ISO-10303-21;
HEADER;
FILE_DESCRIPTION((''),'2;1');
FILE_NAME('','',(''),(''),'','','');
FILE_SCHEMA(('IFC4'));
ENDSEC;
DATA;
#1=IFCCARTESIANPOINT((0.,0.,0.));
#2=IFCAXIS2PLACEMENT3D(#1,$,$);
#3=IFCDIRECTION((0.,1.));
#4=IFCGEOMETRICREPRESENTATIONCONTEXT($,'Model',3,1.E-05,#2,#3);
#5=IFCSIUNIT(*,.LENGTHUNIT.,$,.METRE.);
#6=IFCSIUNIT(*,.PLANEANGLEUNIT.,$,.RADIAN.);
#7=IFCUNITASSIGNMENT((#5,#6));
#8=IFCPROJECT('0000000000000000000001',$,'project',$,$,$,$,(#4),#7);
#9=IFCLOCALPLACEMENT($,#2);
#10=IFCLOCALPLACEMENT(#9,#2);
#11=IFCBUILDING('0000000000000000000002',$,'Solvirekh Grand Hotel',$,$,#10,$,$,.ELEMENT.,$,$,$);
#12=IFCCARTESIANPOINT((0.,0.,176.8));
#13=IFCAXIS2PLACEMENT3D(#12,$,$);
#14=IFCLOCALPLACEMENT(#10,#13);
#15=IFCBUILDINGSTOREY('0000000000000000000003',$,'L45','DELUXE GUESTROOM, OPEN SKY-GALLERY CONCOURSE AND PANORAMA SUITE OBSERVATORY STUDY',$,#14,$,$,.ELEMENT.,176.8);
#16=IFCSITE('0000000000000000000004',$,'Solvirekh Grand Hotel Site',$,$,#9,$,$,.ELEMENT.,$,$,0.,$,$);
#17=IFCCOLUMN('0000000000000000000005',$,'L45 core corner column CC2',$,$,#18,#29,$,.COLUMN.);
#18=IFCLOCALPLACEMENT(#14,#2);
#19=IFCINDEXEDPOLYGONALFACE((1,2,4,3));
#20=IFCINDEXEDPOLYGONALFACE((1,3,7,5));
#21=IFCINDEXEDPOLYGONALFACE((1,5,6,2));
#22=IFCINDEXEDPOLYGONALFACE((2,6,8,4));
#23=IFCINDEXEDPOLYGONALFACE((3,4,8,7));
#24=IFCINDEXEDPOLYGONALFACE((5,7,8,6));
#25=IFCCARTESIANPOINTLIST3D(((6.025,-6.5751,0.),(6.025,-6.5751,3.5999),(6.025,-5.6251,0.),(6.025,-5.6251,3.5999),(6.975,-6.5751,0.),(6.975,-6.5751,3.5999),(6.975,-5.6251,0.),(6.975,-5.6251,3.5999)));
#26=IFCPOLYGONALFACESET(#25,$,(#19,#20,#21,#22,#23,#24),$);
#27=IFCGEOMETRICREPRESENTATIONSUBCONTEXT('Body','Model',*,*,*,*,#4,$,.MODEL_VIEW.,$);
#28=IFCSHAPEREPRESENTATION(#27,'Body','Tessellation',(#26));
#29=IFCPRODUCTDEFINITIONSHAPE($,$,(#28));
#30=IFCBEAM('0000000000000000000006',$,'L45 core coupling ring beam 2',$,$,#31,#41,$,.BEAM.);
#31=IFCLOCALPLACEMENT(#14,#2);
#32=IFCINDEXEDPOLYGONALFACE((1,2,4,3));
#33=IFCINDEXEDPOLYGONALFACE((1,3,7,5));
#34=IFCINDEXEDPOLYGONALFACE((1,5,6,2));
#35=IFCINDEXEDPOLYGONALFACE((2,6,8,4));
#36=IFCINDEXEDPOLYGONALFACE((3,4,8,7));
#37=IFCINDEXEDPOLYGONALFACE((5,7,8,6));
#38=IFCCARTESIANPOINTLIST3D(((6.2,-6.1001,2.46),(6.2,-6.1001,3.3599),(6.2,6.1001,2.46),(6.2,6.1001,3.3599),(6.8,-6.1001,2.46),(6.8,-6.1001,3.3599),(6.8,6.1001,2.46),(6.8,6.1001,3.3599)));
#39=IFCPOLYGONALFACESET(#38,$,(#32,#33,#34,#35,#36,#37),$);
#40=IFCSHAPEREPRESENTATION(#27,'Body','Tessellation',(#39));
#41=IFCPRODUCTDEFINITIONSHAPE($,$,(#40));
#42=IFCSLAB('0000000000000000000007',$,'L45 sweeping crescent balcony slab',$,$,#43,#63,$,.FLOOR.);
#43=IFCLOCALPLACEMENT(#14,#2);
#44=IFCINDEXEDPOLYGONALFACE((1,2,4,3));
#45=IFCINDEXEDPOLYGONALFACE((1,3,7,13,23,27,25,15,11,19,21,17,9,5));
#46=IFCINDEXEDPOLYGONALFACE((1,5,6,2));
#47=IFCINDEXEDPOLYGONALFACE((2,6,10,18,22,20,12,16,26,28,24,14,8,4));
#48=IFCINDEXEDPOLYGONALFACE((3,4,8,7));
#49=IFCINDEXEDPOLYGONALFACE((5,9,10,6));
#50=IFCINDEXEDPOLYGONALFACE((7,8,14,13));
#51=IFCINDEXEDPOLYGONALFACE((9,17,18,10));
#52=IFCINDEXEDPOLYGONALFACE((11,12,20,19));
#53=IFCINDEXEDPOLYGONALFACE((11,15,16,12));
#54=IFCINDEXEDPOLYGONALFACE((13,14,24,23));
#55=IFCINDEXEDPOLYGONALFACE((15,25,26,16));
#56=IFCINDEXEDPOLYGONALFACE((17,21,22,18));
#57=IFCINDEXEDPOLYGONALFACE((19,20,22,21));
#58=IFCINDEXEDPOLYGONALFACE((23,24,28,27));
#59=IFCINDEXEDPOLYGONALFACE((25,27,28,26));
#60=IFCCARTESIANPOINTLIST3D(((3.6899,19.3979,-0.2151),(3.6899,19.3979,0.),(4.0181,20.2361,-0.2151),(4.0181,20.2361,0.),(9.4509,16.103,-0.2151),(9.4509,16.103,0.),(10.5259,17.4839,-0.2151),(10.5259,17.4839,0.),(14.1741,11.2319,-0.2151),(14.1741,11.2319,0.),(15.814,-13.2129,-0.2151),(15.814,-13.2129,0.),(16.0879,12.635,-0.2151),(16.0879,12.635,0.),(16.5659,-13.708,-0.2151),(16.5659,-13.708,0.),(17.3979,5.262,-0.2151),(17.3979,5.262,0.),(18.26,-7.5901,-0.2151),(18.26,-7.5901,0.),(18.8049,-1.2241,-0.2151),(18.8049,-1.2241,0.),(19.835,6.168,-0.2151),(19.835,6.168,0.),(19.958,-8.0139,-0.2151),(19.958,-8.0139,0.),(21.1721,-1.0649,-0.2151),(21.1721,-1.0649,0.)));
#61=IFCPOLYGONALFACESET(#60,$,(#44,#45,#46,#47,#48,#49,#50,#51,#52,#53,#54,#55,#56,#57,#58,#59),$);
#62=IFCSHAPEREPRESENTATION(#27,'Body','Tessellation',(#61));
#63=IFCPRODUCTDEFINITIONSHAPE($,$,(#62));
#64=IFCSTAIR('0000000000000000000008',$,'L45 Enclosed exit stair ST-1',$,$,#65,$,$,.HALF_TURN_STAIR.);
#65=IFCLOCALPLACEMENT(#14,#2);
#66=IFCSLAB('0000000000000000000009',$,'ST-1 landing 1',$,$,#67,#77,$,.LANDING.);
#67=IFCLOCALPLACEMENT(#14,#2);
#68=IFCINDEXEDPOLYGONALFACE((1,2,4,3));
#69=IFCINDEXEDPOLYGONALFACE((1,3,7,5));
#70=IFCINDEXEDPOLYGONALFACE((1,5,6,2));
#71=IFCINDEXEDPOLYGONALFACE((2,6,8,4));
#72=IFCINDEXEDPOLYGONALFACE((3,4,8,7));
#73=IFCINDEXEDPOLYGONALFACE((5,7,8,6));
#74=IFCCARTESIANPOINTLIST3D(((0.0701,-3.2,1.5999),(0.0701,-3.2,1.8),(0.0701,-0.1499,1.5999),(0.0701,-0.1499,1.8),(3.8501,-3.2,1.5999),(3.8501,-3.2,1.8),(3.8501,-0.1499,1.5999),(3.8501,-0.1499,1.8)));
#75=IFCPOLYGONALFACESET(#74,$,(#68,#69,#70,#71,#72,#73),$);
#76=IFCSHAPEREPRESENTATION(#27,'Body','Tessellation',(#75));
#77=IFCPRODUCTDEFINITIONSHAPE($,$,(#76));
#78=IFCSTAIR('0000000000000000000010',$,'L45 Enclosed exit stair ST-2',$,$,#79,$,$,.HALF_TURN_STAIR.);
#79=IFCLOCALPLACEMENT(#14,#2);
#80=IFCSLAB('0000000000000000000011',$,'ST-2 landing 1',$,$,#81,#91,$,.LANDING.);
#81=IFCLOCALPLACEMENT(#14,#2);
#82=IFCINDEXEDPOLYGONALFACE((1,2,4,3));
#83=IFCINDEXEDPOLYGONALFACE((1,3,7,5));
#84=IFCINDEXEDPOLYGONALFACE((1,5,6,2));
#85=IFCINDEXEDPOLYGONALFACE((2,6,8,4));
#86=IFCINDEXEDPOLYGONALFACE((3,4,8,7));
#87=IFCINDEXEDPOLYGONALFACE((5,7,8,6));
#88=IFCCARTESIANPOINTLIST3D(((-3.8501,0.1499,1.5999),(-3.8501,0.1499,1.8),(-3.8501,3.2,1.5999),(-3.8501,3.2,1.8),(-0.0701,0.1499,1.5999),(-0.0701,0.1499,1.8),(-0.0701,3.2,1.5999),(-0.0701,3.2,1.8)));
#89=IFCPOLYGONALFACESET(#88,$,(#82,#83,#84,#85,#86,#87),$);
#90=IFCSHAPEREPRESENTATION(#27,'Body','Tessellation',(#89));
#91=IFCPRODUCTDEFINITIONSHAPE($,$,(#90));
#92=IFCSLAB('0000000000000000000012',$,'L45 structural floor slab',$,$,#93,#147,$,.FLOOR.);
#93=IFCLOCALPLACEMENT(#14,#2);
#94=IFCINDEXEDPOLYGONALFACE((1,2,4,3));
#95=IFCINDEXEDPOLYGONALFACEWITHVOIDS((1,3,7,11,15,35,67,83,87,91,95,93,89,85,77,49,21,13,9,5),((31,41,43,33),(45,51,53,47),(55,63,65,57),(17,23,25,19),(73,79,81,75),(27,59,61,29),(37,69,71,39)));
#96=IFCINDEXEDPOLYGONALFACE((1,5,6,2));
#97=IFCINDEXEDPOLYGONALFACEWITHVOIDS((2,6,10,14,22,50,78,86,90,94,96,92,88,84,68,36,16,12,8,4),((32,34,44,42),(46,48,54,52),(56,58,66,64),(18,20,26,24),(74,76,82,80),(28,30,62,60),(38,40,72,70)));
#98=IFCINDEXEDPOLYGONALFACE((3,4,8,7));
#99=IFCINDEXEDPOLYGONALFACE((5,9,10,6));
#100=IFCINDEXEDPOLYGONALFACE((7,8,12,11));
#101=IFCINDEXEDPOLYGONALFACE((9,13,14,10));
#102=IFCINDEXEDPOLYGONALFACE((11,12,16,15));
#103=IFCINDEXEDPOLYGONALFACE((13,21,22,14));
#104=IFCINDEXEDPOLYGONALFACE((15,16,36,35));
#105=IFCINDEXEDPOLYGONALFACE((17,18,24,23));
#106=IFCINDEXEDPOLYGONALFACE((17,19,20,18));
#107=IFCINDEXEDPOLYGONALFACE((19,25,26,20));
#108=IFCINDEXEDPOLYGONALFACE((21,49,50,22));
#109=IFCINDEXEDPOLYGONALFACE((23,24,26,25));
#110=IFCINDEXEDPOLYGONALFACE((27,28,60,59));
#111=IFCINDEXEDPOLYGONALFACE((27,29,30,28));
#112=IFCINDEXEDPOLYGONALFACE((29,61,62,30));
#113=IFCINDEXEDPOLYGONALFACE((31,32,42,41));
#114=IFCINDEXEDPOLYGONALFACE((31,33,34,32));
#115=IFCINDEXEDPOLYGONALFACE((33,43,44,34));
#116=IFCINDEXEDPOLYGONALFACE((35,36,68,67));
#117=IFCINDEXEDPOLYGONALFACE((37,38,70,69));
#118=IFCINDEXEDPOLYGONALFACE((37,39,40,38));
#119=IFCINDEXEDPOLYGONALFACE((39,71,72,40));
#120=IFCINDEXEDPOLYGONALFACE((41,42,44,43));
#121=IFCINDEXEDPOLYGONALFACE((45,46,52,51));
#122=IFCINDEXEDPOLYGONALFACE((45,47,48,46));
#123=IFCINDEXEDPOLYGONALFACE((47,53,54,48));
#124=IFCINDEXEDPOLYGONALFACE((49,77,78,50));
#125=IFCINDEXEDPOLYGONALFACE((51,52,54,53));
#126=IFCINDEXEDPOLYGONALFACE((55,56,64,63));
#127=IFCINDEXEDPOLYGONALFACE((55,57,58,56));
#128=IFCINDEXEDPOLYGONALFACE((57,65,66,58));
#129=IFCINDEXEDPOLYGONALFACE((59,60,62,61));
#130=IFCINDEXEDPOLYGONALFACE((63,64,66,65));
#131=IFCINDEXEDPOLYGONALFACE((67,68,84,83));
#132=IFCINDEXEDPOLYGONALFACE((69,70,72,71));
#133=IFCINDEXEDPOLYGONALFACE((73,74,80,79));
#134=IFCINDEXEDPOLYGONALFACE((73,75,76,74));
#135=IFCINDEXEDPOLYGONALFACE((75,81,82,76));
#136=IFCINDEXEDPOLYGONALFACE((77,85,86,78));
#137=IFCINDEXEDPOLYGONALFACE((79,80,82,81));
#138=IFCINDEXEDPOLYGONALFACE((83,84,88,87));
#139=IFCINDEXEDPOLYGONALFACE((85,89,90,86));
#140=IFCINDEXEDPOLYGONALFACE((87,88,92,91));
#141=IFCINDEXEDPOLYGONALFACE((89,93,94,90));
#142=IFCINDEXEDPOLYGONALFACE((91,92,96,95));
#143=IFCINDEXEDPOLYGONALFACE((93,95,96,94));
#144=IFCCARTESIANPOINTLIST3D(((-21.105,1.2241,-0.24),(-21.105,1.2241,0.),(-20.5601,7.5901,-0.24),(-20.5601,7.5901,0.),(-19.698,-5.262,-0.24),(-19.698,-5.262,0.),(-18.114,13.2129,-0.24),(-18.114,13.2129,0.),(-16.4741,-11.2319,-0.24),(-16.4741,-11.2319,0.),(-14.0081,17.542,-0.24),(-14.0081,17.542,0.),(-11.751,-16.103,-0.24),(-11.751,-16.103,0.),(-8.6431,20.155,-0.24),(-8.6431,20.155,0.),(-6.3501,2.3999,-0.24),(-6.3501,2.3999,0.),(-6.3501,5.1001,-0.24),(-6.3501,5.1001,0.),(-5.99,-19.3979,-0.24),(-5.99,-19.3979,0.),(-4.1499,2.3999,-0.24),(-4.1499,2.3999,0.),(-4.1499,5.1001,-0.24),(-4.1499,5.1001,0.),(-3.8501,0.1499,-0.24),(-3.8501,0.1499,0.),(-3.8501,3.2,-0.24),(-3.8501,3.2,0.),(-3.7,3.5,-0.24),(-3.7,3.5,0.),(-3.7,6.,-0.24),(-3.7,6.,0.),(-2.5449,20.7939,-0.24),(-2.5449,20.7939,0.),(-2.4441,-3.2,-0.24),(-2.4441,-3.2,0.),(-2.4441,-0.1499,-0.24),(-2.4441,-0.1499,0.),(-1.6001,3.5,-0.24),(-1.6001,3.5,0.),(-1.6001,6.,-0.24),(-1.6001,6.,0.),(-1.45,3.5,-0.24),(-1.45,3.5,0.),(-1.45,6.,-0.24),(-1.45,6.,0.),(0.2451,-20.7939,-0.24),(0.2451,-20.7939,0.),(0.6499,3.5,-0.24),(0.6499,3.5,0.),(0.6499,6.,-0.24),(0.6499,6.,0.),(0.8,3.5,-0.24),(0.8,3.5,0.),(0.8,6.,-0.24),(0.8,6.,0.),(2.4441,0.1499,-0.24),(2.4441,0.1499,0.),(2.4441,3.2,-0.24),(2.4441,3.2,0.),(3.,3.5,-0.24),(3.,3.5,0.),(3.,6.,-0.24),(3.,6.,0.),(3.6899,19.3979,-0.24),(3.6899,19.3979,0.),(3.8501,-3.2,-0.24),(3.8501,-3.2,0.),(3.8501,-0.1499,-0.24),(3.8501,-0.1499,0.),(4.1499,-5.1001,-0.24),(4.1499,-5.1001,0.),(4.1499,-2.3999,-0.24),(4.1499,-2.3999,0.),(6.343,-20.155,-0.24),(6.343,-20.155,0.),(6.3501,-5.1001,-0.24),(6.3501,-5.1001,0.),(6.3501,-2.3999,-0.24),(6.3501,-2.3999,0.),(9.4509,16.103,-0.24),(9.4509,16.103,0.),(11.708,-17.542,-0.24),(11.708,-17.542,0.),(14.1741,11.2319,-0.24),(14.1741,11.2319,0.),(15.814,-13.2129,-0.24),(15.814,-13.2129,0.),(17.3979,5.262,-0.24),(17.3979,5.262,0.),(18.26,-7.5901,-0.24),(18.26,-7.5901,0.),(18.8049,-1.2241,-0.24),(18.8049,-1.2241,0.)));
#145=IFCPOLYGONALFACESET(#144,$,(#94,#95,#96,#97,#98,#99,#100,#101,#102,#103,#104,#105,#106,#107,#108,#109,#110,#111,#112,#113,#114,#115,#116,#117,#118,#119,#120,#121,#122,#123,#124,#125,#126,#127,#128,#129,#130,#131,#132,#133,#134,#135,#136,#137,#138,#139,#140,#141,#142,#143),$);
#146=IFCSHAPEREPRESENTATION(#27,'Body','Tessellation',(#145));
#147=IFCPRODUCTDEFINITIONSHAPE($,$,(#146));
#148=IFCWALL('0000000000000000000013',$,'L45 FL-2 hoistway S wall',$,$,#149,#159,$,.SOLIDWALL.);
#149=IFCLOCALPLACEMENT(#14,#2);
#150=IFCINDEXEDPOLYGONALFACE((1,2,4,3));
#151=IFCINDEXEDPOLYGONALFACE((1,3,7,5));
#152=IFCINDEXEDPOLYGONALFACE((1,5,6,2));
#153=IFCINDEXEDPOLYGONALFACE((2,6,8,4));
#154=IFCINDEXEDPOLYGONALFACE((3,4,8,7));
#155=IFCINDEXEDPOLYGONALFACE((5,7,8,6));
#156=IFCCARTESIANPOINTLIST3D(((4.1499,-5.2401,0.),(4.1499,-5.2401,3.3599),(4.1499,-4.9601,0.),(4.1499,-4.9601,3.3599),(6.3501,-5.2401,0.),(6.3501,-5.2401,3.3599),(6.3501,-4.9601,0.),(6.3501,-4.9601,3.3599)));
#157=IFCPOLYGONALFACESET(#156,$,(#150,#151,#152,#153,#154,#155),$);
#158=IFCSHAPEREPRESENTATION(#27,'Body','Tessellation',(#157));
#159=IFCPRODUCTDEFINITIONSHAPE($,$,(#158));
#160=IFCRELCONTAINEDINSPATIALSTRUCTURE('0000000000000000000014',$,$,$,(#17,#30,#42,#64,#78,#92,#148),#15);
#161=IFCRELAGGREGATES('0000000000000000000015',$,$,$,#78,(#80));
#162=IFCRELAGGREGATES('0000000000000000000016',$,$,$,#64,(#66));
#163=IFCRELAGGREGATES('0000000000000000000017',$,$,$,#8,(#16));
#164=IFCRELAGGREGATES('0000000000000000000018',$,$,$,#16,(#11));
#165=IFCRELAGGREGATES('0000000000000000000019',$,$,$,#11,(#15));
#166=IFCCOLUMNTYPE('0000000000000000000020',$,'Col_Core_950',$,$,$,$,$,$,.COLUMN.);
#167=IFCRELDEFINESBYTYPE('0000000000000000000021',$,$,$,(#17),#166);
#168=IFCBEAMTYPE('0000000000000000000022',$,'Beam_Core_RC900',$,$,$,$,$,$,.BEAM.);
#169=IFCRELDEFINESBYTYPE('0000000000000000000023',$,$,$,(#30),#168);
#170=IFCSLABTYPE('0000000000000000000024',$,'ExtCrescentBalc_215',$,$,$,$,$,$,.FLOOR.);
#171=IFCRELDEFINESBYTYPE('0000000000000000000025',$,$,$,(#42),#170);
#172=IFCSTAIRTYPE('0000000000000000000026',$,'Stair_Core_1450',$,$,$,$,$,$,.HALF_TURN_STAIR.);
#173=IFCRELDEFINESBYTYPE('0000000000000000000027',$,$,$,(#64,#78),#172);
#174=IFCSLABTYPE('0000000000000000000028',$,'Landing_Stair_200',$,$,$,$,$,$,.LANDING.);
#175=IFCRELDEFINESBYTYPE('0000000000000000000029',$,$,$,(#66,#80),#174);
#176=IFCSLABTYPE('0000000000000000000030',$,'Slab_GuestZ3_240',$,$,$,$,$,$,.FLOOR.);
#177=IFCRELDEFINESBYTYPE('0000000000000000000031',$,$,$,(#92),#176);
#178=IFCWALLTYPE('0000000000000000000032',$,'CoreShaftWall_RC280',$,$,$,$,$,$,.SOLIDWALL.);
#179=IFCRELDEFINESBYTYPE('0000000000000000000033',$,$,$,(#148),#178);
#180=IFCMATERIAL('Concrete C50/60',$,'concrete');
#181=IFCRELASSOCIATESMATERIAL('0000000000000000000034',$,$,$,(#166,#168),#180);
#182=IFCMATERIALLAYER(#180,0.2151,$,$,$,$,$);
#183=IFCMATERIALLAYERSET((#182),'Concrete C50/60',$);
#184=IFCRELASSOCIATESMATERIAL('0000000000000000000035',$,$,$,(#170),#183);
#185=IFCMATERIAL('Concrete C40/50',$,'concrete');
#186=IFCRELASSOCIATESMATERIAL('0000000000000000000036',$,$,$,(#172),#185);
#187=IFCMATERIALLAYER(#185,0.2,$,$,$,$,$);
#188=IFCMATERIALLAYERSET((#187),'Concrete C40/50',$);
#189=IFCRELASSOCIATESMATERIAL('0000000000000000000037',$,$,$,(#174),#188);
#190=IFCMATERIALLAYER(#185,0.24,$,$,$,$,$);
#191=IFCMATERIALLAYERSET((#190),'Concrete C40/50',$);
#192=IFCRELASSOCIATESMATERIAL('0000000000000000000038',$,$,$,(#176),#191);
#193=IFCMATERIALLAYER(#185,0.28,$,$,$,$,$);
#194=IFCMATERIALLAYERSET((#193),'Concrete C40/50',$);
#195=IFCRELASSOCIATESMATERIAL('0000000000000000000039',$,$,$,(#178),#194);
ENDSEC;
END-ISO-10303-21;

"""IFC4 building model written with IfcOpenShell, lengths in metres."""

from ifc_helpers import new_model, si_unit, direction, frame, frame_2d, origin, origin_2d, place, context, subcontext, project, spatial, polyline, rectangle, outline, extrude, material, layer, layer_set, material_profile, profile_set, type_object, element, aggregate, save


model = new_model("IFC4")

# Units and contexts
model_context = context("Model", 3, precision=1e-05, world=origin(), true_north=direction((0.0, 1.0)))
body_context = subcontext(model_context, "Body", "Model", "MODEL_VIEW")
ifc_project = project(units=[si_unit("LENGTHUNIT", "METRE"), si_unit("PLANEANGLEUNIT", "RADIAN")], contexts=[model_context])

# Site, building, storey
site_placement = place(None, origin())
site = spatial("IfcSite", under=ifc_project, at=site_placement, Name="Solvirekh Grand Hotel Site", CompositionType="ELEMENT", RefElevation=0.0)
building_placement = place(site_placement, origin())
building = spatial("IfcBuilding", under=site, at=building_placement, Name="Solvirekh Grand Hotel", CompositionType="ELEMENT")
storey_placement = place(building_placement, frame((0.0, 0.0, 176.8)))
storey = spatial("IfcBuildingStorey", under=building, at=storey_placement, Name="L45", Description="DELUXE GUESTROOM, OPEN SKY-GALLERY CONCOURSE AND PANORAMA SUITE OBSERVATORY STUDY", CompositionType="ELEMENT", Elevation=176.8)

# Column
ifc_material_1 = material(Name="Concrete C50/60", Category="concrete")
ifc_material_profile_1 = material_profile(ifc_material_1, rectangle(XDim=0.95, YDim=0.95, at=origin_2d()), Name="RC 950X950")
ifc_profile_set_1 = profile_set([ifc_material_profile_1], Name="Concrete C50/60")
column_type = type_object("IfcColumnType", Name="Col_Core_950", PredefinedType="COLUMN", material=ifc_profile_set_1)
column_placement = place(storey_placement, frame((6.5, -6.1001, 0.0), z_axis=(0.0, 0.0, 1.0), x_axis=(1.0, 0.0, 0.0)))
element("IfcColumn", 1, at=column_placement, inside=storey, type_object=column_type, Name="L45 core corner column CC2", PredefinedType="COLUMN", context=body_context, shape_type="SweptSolid", body=[
    extrude(rectangle(XDim=0.95, YDim=0.95, at=origin_2d()), origin(), (0.0, 0.0, 1.0), 3.5999),
])

# Beam
ifc_material_profile_2 = material_profile(ifc_material_1, rectangle(XDim=0.6001, YDim=0.8999, at=origin_2d()), Name="RC BEAM 600X900")
ifc_profile_set_2 = profile_set([ifc_material_profile_2], Name="Concrete C50/60")
beam_type = type_object("IfcBeamType", Name="Beam_Core_RC900", PredefinedType="BEAM", material=ifc_profile_set_2)
beam_placement = place(storey_placement, frame((6.5, -6.1001, 2.9099), z_axis=(0.0, 1.0, 0.0), x_axis=(-1.0, 0.0, 0.0)))
element("IfcBeam", 2, at=beam_placement, inside=storey, type_object=beam_type, Name="L45 core coupling ring beam 2", PredefinedType="BEAM", context=body_context, shape_type="SweptSolid", body=[
    extrude(rectangle(XDim=0.6001, YDim=0.8999, at=origin_2d()), origin(), (0.0, 0.0, 1.0), 12.2002),
])

# Slab
ifc_layer_1 = layer(ifc_material_1, 0.2151)
ifc_layer_set_1 = layer_set([ifc_layer_1], Name="Concrete C50/60")
slab_type_1 = type_object("IfcSlabType", Name="ExtCrescentBalc_215", PredefinedType="FLOOR", material=ifc_layer_set_1)
slab_1_placement = place(storey_placement, frame((0.0, 0.0, -0.2151)))
element("IfcSlab", 3, at=slab_1_placement, inside=storey, type_object=slab_type_1, Name="L45 sweeping crescent balcony slab", PredefinedType="FLOOR", context=body_context, shape_type="SweptSolid", body=[
    extrude(outline(polyline([(16.5659, -13.708), (19.958, -8.0139), (21.1721, -1.0649), (19.835, 6.168), (16.0879, 12.635), (10.5259, 17.4839), (4.0181, 20.2361), (3.6899, 19.3979), (9.4509, 16.103), (14.1741, 11.2319), (17.3979, 5.262), (18.8049, -1.2241), (18.26, -7.5901), (15.814, -13.2129), (16.5659, -13.708)])), origin(), (0.0, 0.0, 1.0), 0.2151),
])

# Stairs, slabs
ifc_material_2 = material(Name="Concrete C40/50", Category="concrete")
stair_type = type_object("IfcStairType", Name="Stair_Core_1450", PredefinedType="HALF_TURN_STAIR", material=ifc_material_2)
stair_1_placement = place(storey_placement, origin())
stair_1 = element("IfcStair", 4, at=stair_1_placement, inside=storey, type_object=stair_type, Name="L45 Enclosed exit stair ST-1", PredefinedType="HALF_TURN_STAIR")
ifc_layer_2 = layer(ifc_material_2, 0.2)
ifc_layer_set_2 = layer_set([ifc_layer_2], Name="Concrete C40/50")
slab_type_2 = type_object("IfcSlabType", Name="Landing_Stair_200", PredefinedType="LANDING", material=ifc_layer_set_2)
slab_2_placement = place(storey_placement, frame((0.0, 0.0, 1.5999)))
slab_2 = element("IfcSlab", 5, at=slab_2_placement, type_object=slab_type_2, Name="ST-1 landing 1", PredefinedType="LANDING", context=body_context, shape_type="SweptSolid", body=[
    extrude(outline(polyline([(0.0701, -3.2), (3.8501, -3.2), (3.8501, -0.1499), (0.0701, -0.1499), (0.0701, -3.2)])), origin(), (0.0, 0.0, 1.0), 0.2002),
])
stair_2_placement = place(storey_placement, origin())
stair_2 = element("IfcStair", 6, at=stair_2_placement, inside=storey, type_object=stair_type, Name="L45 Enclosed exit stair ST-2", PredefinedType="HALF_TURN_STAIR")
slab_3_placement = place(storey_placement, frame((0.0, 0.0, 1.5999)))
slab_3 = element("IfcSlab", 7, at=slab_3_placement, type_object=slab_type_2, Name="ST-2 landing 1", PredefinedType="LANDING", context=body_context, shape_type="SweptSolid", body=[
    extrude(outline(polyline([(-0.0701, 3.2), (-3.8501, 3.2), (-3.8501, 0.1499), (-0.0701, 0.1499), (-0.0701, 3.2)])), origin(), (0.0, 0.0, 1.0), 0.2002),
])
aggregate(stair_2, [slab_3])

# Slab
ifc_layer_3 = layer(ifc_material_2, 0.24)
ifc_layer_set_3 = layer_set([ifc_layer_3], Name="Concrete C40/50")
slab_type_3 = type_object("IfcSlabType", Name="Slab_GuestZ3_240", PredefinedType="FLOOR", material=ifc_layer_set_3)
slab_4_placement = place(storey_placement, frame((0.0, 0.0, -0.24)))
element("IfcSlab", 8, at=slab_4_placement, inside=storey, type_object=slab_type_3, Name="L45 structural floor slab", PredefinedType="FLOOR", context=body_context, shape_type="SweptSolid", body=[
    extrude(outline(polyline([(11.708, -17.542), (15.814, -13.2129), (18.26, -7.5901), (18.8049, -1.2241), (17.3979, 5.262), (14.1741, 11.2319), (9.4509, 16.103), (3.6899, 19.3979), (-2.5449, 20.7939), (-8.6431, 20.155), (-14.0081, 17.542), (-18.114, 13.2129), (-20.5601, 7.5901), (-21.105, 1.2241), (-19.698, -5.262), (-16.4741, -11.2319), (-11.751, -16.103), (-5.99, -19.3979), (0.2451, -20.7939), (6.343, -20.155), (11.708, -17.542)]), holes=[polyline([(-2.4441, -0.1499), (3.8501, -0.1499), (3.8501, -3.2), (-2.4441, -3.2), (-2.4441, -0.1499)]), polyline([(2.4441, 0.1499), (-3.8501, 0.1499), (-3.8501, 3.2), (2.4441, 3.2), (2.4441, 0.1499)]), polyline([(-3.7, 6.0), (-1.6001, 6.0), (-1.6001, 3.5), (-3.7, 3.5), (-3.7, 6.0)]), polyline([(-1.45, 6.0), (0.6499, 6.0), (0.6499, 3.5), (-1.45, 3.5), (-1.45, 6.0)]), polyline([(0.8, 6.0), (3.0, 6.0), (3.0, 3.5), (0.8, 3.5), (0.8, 6.0)]), polyline([(-6.3501, 5.1001), (-4.1499, 5.1001), (-4.1499, 2.3999), (-6.3501, 2.3999), (-6.3501, 5.1001)]), polyline([(4.1499, -2.3999), (6.3501, -2.3999), (6.3501, -5.1001), (4.1499, -5.1001), (4.1499, -2.3999)])]), origin(), (0.0, 0.0, 1.0), 0.24),
])

# Wall
ifc_layer_4 = layer(ifc_material_2, 0.28)
ifc_layer_set_4 = layer_set([ifc_layer_4], Name="Concrete C40/50")
wall_type_1 = type_object("IfcWallType", Name="CoreShaftWall_RC280", PredefinedType="SOLIDWALL", material=ifc_layer_set_4)
wall_1_placement = place(storey_placement, frame((4.1499, -5.1001, 0.0), z_axis=(0.0, 0.0, 1.0), x_axis=(1.0, 0.0, 0.0)))
element("IfcWall", 9, at=wall_1_placement, inside=storey, type_object=wall_type_1, Name="L45 FL-2 hoistway S wall", PredefinedType="SOLIDWALL", context=body_context, shape_type="SweptSolid", body=[
    extrude(rectangle(XDim=2.2002, YDim=0.28, at=frame_2d((1.1001, 0.0))), origin(), (0.0, 0.0, 1.0), 3.3599),
])

aggregate(stair_1, [slab_2])

save(model, "model.ifc")
